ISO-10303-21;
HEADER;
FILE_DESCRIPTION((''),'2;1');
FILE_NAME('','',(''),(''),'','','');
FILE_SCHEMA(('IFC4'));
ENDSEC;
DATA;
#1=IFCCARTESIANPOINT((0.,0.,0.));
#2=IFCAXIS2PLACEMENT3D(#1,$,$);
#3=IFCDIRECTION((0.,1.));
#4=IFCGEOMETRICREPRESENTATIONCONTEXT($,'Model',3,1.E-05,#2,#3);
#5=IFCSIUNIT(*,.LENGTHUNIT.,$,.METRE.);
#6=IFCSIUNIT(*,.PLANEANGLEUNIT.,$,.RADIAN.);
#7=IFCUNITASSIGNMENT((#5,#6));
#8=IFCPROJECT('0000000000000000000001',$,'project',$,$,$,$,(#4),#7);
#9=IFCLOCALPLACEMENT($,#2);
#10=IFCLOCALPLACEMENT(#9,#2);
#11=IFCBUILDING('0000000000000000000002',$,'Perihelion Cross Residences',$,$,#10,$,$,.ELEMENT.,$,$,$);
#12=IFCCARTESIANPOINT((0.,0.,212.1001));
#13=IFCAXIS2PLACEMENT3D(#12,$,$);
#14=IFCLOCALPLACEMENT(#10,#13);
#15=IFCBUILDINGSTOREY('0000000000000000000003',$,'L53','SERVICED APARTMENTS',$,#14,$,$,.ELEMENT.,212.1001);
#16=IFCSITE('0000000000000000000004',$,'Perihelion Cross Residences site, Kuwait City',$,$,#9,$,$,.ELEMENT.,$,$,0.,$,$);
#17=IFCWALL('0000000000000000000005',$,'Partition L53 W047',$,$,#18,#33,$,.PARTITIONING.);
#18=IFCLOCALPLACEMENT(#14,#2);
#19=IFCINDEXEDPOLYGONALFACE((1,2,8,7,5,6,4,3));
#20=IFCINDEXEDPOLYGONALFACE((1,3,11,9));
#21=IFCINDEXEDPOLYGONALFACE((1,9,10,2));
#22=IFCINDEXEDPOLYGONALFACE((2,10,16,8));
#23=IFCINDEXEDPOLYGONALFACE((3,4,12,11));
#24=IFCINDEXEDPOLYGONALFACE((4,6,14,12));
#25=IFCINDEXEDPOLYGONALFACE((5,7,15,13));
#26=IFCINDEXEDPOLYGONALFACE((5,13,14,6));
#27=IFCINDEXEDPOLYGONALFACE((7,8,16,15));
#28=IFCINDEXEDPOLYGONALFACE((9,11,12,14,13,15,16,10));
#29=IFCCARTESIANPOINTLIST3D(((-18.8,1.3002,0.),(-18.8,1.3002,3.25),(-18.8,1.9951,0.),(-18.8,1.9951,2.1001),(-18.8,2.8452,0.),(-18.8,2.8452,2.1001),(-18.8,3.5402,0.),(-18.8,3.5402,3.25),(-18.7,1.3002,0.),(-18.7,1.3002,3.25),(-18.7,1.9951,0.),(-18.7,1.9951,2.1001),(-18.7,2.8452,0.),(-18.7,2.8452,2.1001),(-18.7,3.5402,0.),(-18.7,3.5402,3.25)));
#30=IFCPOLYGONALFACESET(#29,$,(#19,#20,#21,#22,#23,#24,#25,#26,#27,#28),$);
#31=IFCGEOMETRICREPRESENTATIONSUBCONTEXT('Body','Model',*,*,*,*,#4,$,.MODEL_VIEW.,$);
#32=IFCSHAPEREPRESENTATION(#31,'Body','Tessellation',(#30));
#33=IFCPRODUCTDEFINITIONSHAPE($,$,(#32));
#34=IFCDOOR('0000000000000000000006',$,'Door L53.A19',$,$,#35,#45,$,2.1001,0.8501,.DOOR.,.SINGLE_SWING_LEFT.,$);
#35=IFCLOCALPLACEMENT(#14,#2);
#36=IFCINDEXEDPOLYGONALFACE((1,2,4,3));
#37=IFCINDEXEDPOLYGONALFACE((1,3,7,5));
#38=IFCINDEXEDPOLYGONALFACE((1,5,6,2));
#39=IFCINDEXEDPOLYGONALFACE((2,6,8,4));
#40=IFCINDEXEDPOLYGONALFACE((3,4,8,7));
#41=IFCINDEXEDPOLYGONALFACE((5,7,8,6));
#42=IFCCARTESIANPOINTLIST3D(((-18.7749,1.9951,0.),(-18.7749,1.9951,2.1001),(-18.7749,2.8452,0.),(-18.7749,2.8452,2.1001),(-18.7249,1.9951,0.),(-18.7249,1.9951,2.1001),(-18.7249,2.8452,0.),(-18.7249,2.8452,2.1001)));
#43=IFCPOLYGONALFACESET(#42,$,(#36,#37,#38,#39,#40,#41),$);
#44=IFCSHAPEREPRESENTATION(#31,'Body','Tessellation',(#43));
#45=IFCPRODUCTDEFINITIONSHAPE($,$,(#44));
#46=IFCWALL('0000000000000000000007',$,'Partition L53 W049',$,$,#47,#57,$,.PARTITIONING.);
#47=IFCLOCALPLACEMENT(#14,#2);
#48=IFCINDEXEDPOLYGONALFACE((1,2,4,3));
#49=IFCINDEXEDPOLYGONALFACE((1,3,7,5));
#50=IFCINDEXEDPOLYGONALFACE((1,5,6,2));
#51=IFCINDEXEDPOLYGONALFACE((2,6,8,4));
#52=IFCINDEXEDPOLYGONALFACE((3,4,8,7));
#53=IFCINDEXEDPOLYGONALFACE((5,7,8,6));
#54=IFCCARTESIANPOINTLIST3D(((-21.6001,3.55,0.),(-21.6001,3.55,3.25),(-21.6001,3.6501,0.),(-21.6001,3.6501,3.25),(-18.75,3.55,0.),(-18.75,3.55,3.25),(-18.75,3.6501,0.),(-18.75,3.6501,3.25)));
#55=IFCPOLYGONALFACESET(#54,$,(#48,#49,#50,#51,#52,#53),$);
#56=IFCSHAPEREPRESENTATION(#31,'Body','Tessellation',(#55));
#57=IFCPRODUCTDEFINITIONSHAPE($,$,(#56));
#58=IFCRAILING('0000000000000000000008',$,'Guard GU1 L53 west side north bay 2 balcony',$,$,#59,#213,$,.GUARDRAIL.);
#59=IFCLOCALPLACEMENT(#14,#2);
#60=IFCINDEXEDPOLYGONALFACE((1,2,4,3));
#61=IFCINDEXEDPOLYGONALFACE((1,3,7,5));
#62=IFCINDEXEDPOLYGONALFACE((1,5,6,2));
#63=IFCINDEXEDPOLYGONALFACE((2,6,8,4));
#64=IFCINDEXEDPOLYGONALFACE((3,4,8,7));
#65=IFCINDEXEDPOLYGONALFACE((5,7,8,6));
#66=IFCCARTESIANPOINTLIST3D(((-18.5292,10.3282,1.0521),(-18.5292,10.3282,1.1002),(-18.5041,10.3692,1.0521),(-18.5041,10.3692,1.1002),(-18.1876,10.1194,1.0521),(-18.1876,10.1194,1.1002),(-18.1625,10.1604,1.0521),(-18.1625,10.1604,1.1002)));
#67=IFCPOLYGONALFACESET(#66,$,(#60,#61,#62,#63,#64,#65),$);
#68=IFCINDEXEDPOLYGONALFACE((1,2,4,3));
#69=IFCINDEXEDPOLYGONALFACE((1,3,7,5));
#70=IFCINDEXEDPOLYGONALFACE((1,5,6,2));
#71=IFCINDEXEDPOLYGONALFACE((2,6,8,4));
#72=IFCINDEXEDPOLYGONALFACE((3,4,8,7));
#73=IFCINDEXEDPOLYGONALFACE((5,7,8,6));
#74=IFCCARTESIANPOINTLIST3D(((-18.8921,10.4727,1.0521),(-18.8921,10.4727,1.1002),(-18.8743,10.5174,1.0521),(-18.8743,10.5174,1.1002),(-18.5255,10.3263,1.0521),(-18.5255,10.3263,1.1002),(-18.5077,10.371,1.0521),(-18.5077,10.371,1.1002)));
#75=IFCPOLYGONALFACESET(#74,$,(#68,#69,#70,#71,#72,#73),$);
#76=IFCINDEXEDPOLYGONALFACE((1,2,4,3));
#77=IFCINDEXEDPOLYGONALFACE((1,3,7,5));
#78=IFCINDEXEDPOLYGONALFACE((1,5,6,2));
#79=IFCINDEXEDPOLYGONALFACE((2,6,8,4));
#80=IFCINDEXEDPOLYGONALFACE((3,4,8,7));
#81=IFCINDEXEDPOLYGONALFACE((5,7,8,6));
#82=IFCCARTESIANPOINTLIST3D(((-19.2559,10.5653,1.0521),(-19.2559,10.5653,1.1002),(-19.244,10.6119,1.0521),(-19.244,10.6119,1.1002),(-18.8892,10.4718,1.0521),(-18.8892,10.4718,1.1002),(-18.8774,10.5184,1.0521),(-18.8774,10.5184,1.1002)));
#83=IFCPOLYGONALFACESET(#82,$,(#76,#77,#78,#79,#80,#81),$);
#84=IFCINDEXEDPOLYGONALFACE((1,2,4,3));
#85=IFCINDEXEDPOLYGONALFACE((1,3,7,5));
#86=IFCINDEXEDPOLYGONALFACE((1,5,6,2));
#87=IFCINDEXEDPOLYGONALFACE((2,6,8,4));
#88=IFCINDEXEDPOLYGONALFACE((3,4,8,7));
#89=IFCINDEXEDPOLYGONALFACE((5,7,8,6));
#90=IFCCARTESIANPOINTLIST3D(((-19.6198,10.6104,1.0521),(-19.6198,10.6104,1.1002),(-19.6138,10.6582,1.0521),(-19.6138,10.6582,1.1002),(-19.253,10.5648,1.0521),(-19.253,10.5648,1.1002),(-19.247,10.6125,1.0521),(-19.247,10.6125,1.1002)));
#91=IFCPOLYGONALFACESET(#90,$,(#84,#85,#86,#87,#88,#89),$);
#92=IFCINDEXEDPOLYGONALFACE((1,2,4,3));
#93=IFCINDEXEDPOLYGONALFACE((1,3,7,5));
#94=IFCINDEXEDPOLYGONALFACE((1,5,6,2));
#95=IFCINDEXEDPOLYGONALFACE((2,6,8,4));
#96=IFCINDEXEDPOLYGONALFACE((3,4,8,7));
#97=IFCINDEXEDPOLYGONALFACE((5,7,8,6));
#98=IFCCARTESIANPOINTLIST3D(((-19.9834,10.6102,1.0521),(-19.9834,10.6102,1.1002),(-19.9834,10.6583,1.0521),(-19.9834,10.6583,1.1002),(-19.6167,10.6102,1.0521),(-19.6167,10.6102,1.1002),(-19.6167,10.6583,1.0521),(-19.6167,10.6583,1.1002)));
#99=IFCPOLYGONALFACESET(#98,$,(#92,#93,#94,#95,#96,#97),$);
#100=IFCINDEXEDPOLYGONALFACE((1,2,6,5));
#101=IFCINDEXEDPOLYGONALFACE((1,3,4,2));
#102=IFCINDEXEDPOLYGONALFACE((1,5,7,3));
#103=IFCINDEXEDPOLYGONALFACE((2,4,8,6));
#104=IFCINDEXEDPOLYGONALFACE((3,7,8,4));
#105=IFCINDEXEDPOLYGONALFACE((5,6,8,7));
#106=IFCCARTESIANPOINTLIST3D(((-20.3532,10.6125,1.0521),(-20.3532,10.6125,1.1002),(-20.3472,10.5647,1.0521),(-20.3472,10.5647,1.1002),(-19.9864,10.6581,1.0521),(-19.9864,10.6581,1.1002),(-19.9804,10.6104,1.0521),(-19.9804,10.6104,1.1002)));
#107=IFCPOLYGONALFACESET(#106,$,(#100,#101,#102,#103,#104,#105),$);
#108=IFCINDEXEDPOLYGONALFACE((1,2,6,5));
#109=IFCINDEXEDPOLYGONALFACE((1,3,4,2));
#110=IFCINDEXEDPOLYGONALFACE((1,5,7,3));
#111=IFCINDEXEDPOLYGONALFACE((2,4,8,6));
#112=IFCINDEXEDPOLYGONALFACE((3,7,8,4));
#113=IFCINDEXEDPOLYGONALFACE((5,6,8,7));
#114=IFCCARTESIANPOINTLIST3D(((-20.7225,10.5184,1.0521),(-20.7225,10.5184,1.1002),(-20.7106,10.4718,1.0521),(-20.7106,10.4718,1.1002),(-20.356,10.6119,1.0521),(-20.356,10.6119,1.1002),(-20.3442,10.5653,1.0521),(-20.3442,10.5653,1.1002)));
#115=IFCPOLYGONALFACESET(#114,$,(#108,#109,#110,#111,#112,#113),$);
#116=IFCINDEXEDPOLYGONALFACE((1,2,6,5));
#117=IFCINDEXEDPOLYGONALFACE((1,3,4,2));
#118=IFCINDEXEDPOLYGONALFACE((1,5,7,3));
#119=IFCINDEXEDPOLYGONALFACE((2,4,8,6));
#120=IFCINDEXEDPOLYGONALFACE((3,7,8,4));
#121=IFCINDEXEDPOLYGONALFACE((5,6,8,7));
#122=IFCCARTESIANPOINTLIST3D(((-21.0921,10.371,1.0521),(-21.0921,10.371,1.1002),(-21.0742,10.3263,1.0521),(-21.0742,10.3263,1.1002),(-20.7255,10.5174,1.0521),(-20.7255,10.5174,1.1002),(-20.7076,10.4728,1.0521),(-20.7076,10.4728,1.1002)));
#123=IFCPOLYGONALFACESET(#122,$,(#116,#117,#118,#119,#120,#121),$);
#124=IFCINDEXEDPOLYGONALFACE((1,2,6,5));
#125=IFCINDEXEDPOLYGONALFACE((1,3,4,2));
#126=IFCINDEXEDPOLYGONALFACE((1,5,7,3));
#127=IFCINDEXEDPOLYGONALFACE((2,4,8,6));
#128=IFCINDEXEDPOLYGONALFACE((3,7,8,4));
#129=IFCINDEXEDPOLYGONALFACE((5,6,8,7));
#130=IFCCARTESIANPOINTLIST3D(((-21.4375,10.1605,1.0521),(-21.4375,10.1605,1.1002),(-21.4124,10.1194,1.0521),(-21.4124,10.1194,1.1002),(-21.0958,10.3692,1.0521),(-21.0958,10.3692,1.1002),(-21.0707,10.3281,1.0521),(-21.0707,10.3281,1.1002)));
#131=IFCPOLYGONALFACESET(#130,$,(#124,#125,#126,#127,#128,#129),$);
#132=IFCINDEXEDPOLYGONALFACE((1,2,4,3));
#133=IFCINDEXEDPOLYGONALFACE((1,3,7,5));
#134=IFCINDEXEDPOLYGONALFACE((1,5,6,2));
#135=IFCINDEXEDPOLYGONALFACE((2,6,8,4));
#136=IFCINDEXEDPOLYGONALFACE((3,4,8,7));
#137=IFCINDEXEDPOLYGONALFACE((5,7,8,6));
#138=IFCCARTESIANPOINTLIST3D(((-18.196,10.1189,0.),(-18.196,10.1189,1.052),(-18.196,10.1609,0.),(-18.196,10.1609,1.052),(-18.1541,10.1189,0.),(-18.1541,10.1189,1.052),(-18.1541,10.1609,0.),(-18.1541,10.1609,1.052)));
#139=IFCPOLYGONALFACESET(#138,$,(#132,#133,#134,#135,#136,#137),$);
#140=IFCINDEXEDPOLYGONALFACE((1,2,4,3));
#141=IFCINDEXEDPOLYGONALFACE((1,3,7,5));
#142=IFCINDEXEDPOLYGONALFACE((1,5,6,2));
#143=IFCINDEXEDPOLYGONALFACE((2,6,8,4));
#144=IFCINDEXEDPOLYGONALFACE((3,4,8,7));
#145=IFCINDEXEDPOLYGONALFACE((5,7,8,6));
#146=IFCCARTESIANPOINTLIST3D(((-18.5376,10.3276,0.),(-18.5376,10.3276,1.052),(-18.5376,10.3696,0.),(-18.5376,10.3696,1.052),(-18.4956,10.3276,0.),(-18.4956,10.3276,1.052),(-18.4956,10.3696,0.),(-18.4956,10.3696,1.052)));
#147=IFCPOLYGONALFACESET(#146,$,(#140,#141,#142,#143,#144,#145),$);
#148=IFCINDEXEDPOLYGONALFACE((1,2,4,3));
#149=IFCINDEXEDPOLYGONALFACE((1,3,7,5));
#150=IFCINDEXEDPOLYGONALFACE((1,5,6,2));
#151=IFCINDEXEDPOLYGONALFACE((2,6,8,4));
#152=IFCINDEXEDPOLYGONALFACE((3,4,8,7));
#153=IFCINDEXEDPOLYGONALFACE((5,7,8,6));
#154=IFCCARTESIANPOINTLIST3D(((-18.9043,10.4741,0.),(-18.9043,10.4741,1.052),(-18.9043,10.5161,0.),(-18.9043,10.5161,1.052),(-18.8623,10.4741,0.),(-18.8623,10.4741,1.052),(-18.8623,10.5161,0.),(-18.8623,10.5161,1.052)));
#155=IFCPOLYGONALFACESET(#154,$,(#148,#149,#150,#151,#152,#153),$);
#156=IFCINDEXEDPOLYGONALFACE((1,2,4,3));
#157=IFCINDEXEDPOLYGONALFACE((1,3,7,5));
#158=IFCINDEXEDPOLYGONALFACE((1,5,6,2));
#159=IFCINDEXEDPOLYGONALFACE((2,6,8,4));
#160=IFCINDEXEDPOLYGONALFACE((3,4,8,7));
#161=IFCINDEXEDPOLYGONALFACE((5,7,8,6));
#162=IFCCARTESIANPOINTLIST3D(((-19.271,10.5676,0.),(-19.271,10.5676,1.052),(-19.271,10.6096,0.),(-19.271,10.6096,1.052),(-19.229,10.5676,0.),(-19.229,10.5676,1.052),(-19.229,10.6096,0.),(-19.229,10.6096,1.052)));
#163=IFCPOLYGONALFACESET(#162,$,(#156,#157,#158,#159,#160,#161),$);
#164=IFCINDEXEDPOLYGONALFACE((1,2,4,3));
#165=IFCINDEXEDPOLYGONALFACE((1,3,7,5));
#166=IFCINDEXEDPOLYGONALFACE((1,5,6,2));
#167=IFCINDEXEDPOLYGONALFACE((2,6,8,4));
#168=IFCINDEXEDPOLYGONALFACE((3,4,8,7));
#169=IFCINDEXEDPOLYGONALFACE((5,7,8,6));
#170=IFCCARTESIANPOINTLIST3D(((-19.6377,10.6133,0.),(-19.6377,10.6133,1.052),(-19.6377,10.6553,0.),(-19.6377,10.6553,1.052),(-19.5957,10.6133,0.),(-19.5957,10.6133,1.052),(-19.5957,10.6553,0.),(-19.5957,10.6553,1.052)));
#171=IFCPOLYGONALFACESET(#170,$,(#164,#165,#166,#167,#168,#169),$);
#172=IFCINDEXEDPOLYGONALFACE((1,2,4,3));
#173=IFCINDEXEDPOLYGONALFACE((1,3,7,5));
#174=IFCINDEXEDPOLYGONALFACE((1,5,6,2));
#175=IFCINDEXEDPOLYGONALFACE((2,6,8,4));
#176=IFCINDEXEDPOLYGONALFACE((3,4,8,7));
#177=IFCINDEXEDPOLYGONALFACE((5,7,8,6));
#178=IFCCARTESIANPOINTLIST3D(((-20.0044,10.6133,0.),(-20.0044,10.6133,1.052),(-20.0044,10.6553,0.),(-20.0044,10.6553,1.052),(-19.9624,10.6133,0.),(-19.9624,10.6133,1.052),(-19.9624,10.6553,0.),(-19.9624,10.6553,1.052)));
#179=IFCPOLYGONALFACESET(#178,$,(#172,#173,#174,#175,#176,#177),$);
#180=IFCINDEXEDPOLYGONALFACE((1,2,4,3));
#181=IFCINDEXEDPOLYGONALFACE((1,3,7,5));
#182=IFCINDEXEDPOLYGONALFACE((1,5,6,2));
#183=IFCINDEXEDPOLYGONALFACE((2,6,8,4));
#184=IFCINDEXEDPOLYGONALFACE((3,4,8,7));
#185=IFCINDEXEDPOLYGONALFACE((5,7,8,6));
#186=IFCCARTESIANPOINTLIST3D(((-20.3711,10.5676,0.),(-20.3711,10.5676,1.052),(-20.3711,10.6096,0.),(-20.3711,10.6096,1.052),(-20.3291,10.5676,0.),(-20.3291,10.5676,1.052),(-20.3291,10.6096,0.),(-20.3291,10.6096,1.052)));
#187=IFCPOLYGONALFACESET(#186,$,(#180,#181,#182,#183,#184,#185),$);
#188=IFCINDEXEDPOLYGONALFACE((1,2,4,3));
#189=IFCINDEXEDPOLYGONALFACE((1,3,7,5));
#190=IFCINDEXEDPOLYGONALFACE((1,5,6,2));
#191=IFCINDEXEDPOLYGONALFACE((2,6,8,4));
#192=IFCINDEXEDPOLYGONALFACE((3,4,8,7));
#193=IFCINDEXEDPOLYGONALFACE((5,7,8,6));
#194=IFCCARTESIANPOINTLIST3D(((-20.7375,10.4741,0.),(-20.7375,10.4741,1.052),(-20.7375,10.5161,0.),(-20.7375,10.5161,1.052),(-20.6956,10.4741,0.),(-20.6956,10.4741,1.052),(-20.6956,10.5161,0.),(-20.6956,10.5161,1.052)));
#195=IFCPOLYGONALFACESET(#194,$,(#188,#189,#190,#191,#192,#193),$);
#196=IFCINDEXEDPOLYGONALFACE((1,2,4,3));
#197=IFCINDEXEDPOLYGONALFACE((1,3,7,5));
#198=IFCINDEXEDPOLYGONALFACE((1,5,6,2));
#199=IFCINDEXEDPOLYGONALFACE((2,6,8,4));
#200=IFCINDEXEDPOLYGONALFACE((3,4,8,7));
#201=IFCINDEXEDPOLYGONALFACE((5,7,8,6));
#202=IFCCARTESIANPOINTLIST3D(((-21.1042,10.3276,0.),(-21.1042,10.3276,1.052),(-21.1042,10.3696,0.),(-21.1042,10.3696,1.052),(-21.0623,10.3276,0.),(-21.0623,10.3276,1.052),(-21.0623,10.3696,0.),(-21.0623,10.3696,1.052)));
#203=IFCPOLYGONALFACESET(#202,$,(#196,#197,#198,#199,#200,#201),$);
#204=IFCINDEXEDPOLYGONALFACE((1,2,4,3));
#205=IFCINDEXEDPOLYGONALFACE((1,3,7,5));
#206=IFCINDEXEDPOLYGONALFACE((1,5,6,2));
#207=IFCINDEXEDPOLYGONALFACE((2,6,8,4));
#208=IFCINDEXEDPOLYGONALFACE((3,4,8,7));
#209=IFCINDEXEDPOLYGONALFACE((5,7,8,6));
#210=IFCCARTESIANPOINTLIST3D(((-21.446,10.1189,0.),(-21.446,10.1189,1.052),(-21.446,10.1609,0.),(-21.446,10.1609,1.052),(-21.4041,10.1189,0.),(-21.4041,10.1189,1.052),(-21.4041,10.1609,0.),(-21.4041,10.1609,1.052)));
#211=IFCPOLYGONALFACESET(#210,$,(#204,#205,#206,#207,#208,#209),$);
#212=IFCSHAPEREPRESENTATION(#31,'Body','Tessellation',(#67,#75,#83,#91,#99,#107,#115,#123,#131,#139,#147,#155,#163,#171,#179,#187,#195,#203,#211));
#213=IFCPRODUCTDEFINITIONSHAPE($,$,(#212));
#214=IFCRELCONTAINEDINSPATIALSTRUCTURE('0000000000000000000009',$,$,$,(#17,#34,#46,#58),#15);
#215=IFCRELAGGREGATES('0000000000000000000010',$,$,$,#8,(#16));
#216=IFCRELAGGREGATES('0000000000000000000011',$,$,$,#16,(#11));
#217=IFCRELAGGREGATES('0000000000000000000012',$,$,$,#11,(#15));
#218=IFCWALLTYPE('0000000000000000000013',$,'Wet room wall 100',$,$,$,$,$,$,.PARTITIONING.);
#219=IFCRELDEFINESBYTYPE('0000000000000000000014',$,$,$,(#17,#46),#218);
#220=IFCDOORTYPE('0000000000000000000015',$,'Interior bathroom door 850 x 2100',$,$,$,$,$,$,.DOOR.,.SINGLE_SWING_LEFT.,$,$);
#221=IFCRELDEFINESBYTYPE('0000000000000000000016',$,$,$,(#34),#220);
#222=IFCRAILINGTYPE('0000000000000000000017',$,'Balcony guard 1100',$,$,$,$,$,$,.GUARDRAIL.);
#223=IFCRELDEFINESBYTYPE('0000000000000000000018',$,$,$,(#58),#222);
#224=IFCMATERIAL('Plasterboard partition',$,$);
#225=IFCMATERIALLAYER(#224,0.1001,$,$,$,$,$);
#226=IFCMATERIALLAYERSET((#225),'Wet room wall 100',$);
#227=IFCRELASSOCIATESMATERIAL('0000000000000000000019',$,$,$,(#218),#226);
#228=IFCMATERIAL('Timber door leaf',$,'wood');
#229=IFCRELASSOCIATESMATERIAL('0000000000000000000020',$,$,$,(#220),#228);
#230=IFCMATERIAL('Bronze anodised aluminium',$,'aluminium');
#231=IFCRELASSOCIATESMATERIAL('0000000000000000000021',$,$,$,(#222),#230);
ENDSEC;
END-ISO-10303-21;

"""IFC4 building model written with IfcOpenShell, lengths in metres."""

from ifc_helpers import new_model, si_unit, direction, frame, frame_2d, origin, origin_2d, place, context, subcontext, project, spatial, rectangle, extrude, material, layer, layer_set, type_object, element, fill, save


model = new_model("IFC4")

# Units and contexts
model_context = context("Model", 3, precision=1e-05, world=origin(), true_north=direction((0.0, 1.0)))
body_context = subcontext(model_context, "Body", "Model", "MODEL_VIEW")
ifc_project = project(units=[si_unit("LENGTHUNIT", "METRE"), si_unit("PLANEANGLEUNIT", "RADIAN")], contexts=[model_context])

# Site, building, storey
site_placement = place(None, origin())
site = spatial("IfcSite", under=ifc_project, at=site_placement, Name="Perihelion Cross Residences site, Kuwait City", CompositionType="ELEMENT", RefElevation=0.0)
building_placement = place(site_placement, origin())
building = spatial("IfcBuilding", under=site, at=building_placement, Name="Perihelion Cross Residences", CompositionType="ELEMENT")
storey_placement = place(building_placement, frame((0.0, 0.0, 212.1001)))
storey = spatial("IfcBuildingStorey", under=building, at=storey_placement, Name="L53", Description="SERVICED APARTMENTS", CompositionType="ELEMENT", Elevation=212.1001)

# Shared definitions
ifc_material_1 = material(Name="Plasterboard partition")
ifc_layer_1 = layer(ifc_material_1, 0.1001)
ifc_layer_set_1 = layer_set([ifc_layer_1], Name="Wet room wall 100")
wall_type_1 = type_object("IfcWallType", Name="Wet room wall 100", PredefinedType="PARTITIONING", material=ifc_layer_set_1)

# Shared definitions
ifc_material_2 = material(Name="Timber door leaf", Category="wood")
door_type_1 = type_object("IfcDoorType", Name="Interior bathroom door 850 x 2100", OperationType="SINGLE_SWING_LEFT", PredefinedType="DOOR", material=ifc_material_2)

# Wall, opening, door
wall_1_placement = place(storey_placement, frame((-18.75, 1.3, 0.0), z_axis=(0.0, 0.0, 1.0), x_axis=(0.0, 1.0, 0.0)))
wall_1 = element("IfcWall", 1, at=wall_1_placement, inside=storey, type_object=wall_type_1, Name="Partition L53 W047", PredefinedType="PARTITIONING", context=body_context, shape_type="SweptSolid", body=[
    extrude(rectangle(XDim=2.24, YDim=0.1001, at=frame_2d((1.1201, 0.0))), origin(), (0.0, 0.0, 1.0), 3.25),
])
opening_1_placement = place(wall_1_placement, frame((0.6951, 0.0, 0.0)))
opening_1 = element("IfcOpeningElement", 2, at=opening_1_placement, cuts=wall_1, PredefinedType="OPENING", context=body_context, shape_type="SweptSolid", body=[
    extrude(rectangle(XDim=0.8501, YDim=2.1001, at=frame_2d((0.425, 1.05))), frame((0.0, 0.0601, 0.0), z_axis=(0.0, -1.0, 0.0), x_axis=(1.0, 0.0, 0.0)), (0.0, 0.0, 1.0), 0.1201),
])
door_1_placement = place(opening_1_placement, origin())
door_1 = element("IfcDoor", 3, at=door_1_placement, inside=storey, type_object=door_type_1, Name="Door L53.A19", OperationType="SINGLE_SWING_LEFT", OverallHeight=2.1001, OverallWidth=0.8501, PredefinedType="DOOR", context=body_context, shape_type="SweptSolid", body=[
    extrude(rectangle(XDim=0.8501, YDim=2.1001, at=frame_2d((0.425, 1.05))), frame((0.0, 0.0249, 0.0), z_axis=(0.0, -1.0, 0.0), x_axis=(1.0, 0.0, 0.0)), (0.0, 0.0, 1.0), 0.05),
])
fill(opening_1, door_1)

# Wall
wall_2_placement = place(storey_placement, frame((-21.6001, 3.6001, 0.0), z_axis=(0.0, 0.0, 1.0), x_axis=(1.0, 0.0, 0.0)))
element("IfcWall", 4, at=wall_2_placement, inside=storey, type_object=wall_type_1, Name="Partition L53 W049", PredefinedType="PARTITIONING", context=body_context, shape_type="SweptSolid", body=[
    extrude(rectangle(XDim=2.8501, YDim=0.1001, at=frame_2d((1.425, 0.0))), origin(), (0.0, 0.0, 1.0), 3.25),
])

# Railing
ifc_material_3 = material(Name="Bronze anodised aluminium", Category="aluminium")
railing_type = type_object("IfcRailingType", Name="Balcony guard 1100", PredefinedType="GUARDRAIL", material=ifc_material_3)
railing_placement = place(storey_placement, frame((-18.175, 10.1399, 0.0)))
element("IfcRailing", 5, at=railing_placement, inside=storey, type_object=railing_type, Name="Guard GU1 L53 west side north bay 2 balcony", PredefinedType="GUARDRAIL", context=body_context, shape_type="SweptSolid", body=[
    extrude(rectangle(XDim=0.0481, YDim=0.0481, at=origin_2d()), frame((0.0, 0.0, 1.0762), z_axis=(-0.853267, 0.521475, 0.0), x_axis=(-0.521475, -0.853267, 0.0)), (0.0, 0.0, 1.0), 0.4004),
    extrude(rectangle(XDim=0.0481, YDim=0.0481, at=origin_2d()), frame((-0.3416, 0.2087, 1.0762), z_axis=(-0.928647, 0.370964, 0.0), x_axis=(-0.370964, -0.928647, 0.0)), (0.0, 0.0, 1.0), 0.3948),
    extrude(rectangle(XDim=0.0481, YDim=0.0481, at=origin_2d()), frame((-0.7083, 0.3552, 1.0762), z_axis=(-0.968993, 0.247087, 0.0), x_axis=(-0.247087, -0.968993, 0.0)), (0.0, 0.0, 1.0), 0.3784),
    extrude(rectangle(XDim=0.0481, YDim=0.0481, at=origin_2d()), frame((-1.075, 0.4487, 1.0762), z_axis=(-0.992339, 0.123547, 0.0), x_axis=(-0.123547, -0.992339, 0.0)), (0.0, 0.0, 1.0), 0.3696),
    extrude(rectangle(XDim=0.0481, YDim=0.0481, at=origin_2d()), frame((-1.4417, 0.4944, 1.0762), z_axis=(-1.0, 0.0, 0.0), x_axis=(0.0, -1.0, 0.0)), (0.0, 0.0, 1.0), 0.3667),
    extrude(rectangle(XDim=0.0481, YDim=0.0481, at=origin_2d()), frame((-1.8083, 0.4944, 1.0762), z_axis=(-0.992339, -0.123547, 0.0), x_axis=(0.123547, -0.992339, 0.0)), (0.0, 0.0, 1.0), 0.3696),
    extrude(rectangle(XDim=0.0481, YDim=0.0481, at=origin_2d()), frame((-2.175, 0.4487, 1.0762), z_axis=(-0.968954, -0.247241, 0.0), x_axis=(0.247241, -0.968954, 0.0)), (0.0, 0.0, 1.0), 0.3782),
    extrude(rectangle(XDim=0.0481, YDim=0.0481, at=origin_2d()), frame((-2.5415, 0.3552, 1.0762), z_axis=(-0.928647, -0.370964, 0.0), x_axis=(0.370964, -0.928647, 0.0)), (0.0, 0.0, 1.0), 0.3948),
    extrude(rectangle(XDim=0.0481, YDim=0.0481, at=origin_2d()), frame((-2.9082, 0.2087, 1.0762), z_axis=(-0.853432, -0.521203, 0.0), x_axis=(0.521203, -0.853432, 0.0)), (0.0, 0.0, 1.0), 0.4004),
    extrude(rectangle(XDim=0.042, YDim=0.042, at=origin_2d()), origin(), (0.0, 0.0, 1.0), 1.052),
    extrude(rectangle(XDim=0.042, YDim=0.042, at=origin_2d()), frame((-0.3416, 0.2087, 0.0)), (0.0, 0.0, 1.0), 1.052),
    extrude(rectangle(XDim=0.042, YDim=0.042, at=origin_2d()), frame((-0.7083, 0.3552, 0.0)), (0.0, 0.0, 1.0), 1.052),
    extrude(rectangle(XDim=0.042, YDim=0.042, at=origin_2d()), frame((-1.075, 0.4487, 0.0)), (0.0, 0.0, 1.0), 1.052),
    extrude(rectangle(XDim=0.042, YDim=0.042, at=origin_2d()), frame((-1.4417, 0.4944, 0.0)), (0.0, 0.0, 1.0), 1.052),
    extrude(rectangle(XDim=0.042, YDim=0.042, at=origin_2d()), frame((-1.8083, 0.4944, 0.0)), (0.0, 0.0, 1.0), 1.052),
    extrude(rectangle(XDim=0.042, YDim=0.042, at=origin_2d()), frame((-2.175, 0.4487, 0.0)), (0.0, 0.0, 1.0), 1.052),
    extrude(rectangle(XDim=0.042, YDim=0.042, at=origin_2d()), frame((-2.5415, 0.3552, 0.0)), (0.0, 0.0, 1.0), 1.052),
    extrude(rectangle(XDim=0.042, YDim=0.042, at=origin_2d()), frame((-2.9082, 0.2087, 0.0)), (0.0, 0.0, 1.0), 1.052),
    extrude(rectangle(XDim=0.042, YDim=0.042, at=origin_2d()), frame((-3.25, 0.0, 0.0)), (0.0, 0.0, 1.0), 1.052),
])

save(model, "model.ifc")
